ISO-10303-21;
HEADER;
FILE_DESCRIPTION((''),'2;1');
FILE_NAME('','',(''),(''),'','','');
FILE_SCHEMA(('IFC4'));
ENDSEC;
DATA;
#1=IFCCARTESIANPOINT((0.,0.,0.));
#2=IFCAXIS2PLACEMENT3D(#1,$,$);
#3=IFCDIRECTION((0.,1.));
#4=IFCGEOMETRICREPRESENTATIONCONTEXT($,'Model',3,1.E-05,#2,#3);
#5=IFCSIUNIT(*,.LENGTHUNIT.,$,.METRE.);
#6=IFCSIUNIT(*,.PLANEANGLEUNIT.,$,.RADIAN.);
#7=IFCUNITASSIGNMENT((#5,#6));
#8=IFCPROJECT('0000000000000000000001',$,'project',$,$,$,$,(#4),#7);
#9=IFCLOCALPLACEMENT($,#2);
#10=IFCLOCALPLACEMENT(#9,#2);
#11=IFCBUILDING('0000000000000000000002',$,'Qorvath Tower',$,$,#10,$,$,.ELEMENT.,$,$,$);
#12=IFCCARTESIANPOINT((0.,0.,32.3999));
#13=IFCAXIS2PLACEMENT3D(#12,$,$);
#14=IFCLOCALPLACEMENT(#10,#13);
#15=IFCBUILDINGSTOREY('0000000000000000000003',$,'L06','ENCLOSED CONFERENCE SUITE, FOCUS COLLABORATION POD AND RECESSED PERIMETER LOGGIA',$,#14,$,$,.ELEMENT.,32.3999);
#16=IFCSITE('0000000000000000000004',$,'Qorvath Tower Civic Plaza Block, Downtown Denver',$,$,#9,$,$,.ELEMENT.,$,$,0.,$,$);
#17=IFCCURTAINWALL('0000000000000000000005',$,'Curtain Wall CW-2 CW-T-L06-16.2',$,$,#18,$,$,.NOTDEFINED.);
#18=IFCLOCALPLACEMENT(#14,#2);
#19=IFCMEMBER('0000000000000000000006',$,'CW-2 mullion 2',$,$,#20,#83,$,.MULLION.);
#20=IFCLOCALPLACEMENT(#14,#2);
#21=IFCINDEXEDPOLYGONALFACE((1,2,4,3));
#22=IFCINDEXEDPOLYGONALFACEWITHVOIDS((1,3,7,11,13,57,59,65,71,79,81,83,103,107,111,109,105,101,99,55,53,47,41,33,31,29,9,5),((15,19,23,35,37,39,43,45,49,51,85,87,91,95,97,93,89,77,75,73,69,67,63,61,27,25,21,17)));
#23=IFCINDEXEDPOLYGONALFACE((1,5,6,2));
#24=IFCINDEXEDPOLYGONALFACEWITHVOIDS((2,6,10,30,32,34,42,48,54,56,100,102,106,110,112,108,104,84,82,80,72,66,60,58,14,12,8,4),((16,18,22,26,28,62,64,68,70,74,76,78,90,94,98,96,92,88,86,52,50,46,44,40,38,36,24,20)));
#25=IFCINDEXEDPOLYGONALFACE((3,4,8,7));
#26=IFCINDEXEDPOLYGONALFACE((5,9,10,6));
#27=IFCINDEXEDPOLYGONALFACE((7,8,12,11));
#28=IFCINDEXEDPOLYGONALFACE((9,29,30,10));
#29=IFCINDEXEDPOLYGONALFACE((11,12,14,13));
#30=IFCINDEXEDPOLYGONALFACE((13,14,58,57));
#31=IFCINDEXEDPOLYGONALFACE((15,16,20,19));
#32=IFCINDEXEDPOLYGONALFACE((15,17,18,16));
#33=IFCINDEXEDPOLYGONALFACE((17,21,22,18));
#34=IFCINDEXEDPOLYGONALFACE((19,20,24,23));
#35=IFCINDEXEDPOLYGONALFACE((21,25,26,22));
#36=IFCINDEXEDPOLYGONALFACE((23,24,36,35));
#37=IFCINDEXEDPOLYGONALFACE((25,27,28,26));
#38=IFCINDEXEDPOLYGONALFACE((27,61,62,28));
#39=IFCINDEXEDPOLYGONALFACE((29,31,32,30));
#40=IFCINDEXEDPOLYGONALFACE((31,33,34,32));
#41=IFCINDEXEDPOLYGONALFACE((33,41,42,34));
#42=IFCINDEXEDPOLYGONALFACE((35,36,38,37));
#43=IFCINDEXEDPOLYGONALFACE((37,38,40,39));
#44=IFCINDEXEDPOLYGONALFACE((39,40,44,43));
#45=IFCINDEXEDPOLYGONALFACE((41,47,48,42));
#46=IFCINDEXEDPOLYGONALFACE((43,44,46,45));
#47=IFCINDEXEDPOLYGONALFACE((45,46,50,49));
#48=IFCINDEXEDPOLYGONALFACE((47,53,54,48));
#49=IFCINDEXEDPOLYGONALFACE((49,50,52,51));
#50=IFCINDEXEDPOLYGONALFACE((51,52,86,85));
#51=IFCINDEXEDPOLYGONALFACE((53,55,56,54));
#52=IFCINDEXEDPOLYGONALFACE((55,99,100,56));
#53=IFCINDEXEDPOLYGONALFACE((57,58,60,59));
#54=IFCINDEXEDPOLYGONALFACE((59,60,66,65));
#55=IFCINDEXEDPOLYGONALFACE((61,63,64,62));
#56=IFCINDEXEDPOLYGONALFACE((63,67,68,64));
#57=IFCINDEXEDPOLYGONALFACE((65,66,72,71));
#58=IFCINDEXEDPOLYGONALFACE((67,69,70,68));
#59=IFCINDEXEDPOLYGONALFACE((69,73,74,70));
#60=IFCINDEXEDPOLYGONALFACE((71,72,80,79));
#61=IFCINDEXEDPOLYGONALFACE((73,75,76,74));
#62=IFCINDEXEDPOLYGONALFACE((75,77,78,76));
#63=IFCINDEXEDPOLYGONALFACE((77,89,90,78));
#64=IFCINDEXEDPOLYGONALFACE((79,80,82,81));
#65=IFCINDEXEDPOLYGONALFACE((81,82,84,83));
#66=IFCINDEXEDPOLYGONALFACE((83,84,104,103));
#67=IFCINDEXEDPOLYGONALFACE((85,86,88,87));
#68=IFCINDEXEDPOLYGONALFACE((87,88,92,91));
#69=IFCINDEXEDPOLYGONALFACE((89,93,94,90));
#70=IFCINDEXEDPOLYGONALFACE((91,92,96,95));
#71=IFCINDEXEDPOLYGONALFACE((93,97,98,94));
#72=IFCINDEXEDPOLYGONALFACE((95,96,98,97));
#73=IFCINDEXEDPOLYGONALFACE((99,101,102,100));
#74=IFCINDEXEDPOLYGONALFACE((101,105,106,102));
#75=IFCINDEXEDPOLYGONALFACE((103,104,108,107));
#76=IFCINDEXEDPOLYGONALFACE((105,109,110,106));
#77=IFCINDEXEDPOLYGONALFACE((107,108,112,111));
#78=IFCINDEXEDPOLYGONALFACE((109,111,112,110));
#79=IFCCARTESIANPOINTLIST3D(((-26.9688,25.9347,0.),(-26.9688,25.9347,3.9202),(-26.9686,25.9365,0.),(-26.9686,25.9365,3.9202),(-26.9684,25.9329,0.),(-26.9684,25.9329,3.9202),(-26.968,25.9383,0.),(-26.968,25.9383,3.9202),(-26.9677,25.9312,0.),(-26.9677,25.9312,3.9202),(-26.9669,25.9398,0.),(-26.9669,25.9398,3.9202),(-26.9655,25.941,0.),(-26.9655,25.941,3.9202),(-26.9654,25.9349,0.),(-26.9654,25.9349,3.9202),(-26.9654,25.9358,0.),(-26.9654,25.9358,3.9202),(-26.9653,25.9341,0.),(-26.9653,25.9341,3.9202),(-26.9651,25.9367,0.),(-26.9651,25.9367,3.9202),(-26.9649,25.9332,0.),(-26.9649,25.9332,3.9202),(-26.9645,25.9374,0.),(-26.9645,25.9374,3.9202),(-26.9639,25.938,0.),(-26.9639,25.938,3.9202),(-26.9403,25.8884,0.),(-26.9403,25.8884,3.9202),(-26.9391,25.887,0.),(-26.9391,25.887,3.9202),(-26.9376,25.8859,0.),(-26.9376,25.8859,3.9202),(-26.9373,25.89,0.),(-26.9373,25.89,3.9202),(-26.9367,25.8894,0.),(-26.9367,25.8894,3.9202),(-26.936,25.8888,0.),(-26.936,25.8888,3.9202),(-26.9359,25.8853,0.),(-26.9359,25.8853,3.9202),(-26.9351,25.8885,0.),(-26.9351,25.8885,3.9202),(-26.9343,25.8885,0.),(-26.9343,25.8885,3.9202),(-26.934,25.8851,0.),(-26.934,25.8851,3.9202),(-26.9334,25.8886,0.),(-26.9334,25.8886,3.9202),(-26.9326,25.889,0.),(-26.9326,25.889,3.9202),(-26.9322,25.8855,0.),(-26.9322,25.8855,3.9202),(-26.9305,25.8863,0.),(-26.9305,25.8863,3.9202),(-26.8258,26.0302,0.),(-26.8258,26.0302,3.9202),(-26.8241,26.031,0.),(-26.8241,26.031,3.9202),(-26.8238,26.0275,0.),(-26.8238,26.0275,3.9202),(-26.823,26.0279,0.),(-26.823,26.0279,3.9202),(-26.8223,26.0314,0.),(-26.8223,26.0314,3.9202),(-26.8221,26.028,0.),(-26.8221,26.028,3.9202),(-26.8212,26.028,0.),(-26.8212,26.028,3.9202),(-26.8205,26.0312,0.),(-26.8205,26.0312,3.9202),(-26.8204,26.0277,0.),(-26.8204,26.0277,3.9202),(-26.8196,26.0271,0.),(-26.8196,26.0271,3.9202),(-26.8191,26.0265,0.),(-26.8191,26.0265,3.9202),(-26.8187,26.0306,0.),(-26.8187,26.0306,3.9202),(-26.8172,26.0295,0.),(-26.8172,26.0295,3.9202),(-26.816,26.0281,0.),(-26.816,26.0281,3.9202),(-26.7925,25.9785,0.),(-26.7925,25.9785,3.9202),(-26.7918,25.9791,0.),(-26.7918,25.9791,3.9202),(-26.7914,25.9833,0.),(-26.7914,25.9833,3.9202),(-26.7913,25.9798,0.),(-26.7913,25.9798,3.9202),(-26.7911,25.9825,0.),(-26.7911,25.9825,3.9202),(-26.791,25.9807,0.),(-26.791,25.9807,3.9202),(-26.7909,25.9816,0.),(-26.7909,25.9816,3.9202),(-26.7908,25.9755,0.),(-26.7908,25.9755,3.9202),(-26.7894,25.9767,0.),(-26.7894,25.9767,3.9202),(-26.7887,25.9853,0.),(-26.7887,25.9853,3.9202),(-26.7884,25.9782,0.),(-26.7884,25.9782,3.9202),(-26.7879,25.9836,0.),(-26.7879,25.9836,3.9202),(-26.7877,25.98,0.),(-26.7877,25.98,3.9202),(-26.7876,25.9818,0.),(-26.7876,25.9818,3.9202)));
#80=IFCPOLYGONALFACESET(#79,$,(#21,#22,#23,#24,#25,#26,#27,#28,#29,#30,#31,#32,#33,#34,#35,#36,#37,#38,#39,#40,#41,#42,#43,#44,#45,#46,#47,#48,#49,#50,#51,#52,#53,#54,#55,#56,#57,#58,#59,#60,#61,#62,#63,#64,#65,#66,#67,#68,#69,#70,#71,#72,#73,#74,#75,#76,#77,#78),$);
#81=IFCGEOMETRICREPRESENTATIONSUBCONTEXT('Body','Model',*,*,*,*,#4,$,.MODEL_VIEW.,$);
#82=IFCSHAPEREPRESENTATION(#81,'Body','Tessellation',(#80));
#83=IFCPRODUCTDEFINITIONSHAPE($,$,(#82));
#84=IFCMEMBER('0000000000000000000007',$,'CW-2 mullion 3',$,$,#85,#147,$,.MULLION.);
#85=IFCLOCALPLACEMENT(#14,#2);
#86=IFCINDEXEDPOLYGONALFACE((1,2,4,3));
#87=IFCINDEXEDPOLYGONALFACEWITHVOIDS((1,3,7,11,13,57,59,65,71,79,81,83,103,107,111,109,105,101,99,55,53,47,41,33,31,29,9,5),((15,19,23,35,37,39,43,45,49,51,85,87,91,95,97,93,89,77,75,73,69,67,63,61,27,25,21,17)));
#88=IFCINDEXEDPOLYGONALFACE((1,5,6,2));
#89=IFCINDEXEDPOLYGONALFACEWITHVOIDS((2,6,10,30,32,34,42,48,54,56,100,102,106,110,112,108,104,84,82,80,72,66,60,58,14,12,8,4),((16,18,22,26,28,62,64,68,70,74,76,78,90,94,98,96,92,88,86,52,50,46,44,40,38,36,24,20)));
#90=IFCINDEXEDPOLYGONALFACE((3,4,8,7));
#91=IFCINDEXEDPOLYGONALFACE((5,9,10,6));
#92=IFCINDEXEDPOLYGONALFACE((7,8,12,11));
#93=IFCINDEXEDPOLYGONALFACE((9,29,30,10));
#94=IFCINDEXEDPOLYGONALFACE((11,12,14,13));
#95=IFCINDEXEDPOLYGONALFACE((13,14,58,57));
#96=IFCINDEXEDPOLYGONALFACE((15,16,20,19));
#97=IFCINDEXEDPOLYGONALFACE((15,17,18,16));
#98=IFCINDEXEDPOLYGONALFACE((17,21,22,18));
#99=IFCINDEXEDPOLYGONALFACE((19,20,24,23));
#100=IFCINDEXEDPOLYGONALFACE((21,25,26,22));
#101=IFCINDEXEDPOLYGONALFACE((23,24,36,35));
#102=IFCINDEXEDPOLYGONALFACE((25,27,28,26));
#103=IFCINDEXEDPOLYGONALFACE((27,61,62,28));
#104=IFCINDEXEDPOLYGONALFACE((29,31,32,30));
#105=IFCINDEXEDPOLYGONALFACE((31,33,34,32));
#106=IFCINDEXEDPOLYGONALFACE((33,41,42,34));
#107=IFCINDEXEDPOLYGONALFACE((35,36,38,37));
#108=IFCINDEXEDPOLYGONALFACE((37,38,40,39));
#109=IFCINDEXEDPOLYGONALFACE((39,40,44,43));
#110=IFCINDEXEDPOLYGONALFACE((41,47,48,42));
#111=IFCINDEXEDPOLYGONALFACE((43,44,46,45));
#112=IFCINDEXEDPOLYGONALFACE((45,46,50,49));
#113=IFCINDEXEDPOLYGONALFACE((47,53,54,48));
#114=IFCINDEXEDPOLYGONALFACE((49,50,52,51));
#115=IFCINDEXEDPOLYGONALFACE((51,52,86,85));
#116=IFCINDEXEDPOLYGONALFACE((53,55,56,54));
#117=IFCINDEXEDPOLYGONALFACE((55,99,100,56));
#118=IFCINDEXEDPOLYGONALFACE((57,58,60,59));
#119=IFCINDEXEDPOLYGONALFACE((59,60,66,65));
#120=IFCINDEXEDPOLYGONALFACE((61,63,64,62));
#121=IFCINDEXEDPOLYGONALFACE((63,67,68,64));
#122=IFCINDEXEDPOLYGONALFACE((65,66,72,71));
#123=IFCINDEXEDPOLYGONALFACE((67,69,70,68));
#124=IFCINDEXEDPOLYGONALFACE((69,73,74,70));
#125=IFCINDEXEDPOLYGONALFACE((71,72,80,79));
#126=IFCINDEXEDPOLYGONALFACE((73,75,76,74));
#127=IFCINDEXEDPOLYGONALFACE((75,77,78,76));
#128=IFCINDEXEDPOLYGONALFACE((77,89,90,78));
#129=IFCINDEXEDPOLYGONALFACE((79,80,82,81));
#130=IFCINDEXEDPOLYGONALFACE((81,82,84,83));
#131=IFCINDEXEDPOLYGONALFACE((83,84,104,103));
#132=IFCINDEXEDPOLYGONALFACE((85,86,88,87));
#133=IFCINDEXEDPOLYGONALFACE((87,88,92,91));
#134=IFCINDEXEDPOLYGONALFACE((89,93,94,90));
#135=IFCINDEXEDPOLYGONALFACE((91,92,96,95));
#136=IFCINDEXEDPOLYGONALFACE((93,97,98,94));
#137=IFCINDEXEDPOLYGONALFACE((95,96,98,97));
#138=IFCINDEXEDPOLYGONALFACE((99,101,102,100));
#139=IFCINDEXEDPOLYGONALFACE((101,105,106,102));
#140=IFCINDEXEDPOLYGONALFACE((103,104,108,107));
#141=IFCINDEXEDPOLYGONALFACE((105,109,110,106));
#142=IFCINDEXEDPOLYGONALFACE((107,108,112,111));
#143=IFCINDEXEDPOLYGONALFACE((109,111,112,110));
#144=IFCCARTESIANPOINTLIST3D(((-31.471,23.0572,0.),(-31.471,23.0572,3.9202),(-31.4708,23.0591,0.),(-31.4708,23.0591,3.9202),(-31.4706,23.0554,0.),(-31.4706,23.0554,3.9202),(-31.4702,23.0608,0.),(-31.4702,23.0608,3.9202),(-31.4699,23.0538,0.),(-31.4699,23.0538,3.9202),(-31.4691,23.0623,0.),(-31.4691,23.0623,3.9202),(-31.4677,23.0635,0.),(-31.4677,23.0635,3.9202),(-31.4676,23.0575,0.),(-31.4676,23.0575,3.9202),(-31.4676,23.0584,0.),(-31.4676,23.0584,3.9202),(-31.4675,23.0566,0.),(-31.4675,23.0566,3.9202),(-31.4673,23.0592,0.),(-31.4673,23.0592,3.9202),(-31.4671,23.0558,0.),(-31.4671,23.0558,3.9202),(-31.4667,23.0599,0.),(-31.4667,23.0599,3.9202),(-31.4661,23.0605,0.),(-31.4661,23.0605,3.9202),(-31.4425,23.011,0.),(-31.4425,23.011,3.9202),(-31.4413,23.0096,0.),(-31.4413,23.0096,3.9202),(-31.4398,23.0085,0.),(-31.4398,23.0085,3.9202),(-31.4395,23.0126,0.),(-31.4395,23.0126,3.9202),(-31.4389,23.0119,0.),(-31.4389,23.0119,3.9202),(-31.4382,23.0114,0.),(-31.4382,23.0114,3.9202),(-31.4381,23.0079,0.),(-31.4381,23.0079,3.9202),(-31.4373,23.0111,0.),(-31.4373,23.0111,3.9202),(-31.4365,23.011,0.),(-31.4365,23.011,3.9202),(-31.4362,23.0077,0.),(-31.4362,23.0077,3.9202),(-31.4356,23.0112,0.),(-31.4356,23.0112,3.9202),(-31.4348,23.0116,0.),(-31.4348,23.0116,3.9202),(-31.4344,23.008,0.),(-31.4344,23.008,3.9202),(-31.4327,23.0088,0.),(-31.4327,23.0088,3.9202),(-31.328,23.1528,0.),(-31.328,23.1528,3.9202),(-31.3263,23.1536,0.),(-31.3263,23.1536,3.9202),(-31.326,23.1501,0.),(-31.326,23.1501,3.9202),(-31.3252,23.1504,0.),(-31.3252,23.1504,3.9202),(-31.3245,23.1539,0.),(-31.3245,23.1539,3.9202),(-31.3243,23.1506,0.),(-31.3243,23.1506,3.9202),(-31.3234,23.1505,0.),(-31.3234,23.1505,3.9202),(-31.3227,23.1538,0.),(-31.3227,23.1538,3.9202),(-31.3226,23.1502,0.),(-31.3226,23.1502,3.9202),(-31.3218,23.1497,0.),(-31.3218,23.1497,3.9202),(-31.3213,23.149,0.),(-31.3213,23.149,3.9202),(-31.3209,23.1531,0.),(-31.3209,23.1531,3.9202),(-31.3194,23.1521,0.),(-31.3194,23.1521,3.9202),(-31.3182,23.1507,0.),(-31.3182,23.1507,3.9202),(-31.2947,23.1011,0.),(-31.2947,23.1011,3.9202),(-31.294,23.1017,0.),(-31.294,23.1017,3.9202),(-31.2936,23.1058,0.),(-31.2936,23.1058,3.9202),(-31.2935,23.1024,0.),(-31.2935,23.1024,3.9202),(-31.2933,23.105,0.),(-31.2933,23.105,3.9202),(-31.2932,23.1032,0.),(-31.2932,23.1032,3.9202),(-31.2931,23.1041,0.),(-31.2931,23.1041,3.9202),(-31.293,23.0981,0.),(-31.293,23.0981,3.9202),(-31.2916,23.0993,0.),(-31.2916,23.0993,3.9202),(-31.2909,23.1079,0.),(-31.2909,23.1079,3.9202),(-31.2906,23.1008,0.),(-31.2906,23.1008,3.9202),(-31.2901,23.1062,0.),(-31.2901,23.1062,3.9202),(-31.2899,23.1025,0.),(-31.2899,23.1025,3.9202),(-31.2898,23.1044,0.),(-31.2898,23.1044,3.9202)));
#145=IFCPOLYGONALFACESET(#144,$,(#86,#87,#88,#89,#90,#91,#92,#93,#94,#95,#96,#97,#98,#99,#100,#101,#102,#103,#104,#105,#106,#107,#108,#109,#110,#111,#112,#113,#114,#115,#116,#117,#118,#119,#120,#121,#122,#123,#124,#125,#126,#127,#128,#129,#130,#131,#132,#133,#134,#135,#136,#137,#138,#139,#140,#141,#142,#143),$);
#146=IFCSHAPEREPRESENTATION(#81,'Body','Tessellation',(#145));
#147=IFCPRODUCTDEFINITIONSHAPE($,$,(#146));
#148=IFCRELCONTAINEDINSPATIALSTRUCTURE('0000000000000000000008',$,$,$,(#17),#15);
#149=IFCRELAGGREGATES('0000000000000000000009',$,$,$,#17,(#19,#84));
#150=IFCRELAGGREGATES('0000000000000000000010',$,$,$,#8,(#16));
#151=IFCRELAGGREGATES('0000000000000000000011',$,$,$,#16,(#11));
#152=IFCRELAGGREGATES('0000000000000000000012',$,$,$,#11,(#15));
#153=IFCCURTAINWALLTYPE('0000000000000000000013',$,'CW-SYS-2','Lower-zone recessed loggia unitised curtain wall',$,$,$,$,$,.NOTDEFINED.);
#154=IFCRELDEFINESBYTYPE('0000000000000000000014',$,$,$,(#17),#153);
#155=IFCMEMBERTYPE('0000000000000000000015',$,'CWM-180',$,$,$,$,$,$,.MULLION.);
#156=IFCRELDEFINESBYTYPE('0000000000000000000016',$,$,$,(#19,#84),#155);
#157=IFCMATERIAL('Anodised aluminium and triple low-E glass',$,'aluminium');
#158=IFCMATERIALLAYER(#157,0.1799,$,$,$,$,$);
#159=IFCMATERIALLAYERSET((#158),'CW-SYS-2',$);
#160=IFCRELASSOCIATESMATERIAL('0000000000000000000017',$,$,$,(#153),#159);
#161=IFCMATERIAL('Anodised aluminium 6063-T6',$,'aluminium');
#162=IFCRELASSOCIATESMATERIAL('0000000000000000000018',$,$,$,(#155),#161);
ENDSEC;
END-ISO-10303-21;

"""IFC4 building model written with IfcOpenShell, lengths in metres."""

from ifc_helpers import new_model, si_unit, direction, frame, origin, origin_2d, place, context, subcontext, project, spatial, hollow_rectangle, extrude, material, layer, layer_set, material_profile, profile_set, type_object, element, aggregate, save


model = new_model("IFC4")

# Units and contexts
model_context = context("Model", 3, precision=1e-05, world=origin(), true_north=direction((0.0, 1.0)))
body_context = subcontext(model_context, "Body", "Model", "MODEL_VIEW")
ifc_project = project(units=[si_unit("LENGTHUNIT", "METRE"), si_unit("PLANEANGLEUNIT", "RADIAN")], contexts=[model_context])

# Site, building, storey
site_placement = place(None, origin())
site = spatial("IfcSite", under=ifc_project, at=site_placement, Name="Qorvath Tower Civic Plaza Block, Downtown Denver", CompositionType="ELEMENT", RefElevation=0.0)
building_placement = place(site_placement, origin())
building = spatial("IfcBuilding", under=site, at=building_placement, Name="Qorvath Tower", CompositionType="ELEMENT")
storey_placement = place(building_placement, frame((0.0, 0.0, 32.3999)))
storey = spatial("IfcBuildingStorey", under=building, at=storey_placement, Name="L06", Description="ENCLOSED CONFERENCE SUITE, FOCUS COLLABORATION POD AND RECESSED PERIMETER LOGGIA", CompositionType="ELEMENT", Elevation=32.3999)

# Shared definitions
ifc_material_1 = material(Name="Anodised aluminium and triple low-E glass", Category="aluminium")
ifc_layer_1 = layer(ifc_material_1, 0.1799)
ifc_layer_set_1 = layer_set([ifc_layer_1], Name="CW-SYS-2")
curtain_wall_type = type_object("IfcCurtainWallType", Name="CW-SYS-2", Description="Lower-zone recessed loggia unitised curtain wall", PredefinedType="NOTDEFINED", material=ifc_layer_set_1)
ifc_material_2 = material(Name="Anodised aluminium 6063-T6", Category="aluminium")
ifc_material_profile_1 = material_profile(ifc_material_2, hollow_rectangle(XDim=0.0649, YDim=0.1799, WallThickness=0.0034, InnerFilletRadius=0.0034, OuterFilletRadius=0.0071, at=origin_2d()), Name="CWM 180x65")
ifc_profile_set_1 = profile_set([ifc_material_profile_1], Name="Anodised aluminium 6063-T6")
member_type_1 = type_object("IfcMemberType", Name="CWM-180", PredefinedType="MULLION", material=ifc_profile_set_1)

# Curtain wall, members
curtain_wall_1_placement = place(storey_placement, origin())
curtain_wall_1 = element("IfcCurtainWall", 1, at=curtain_wall_1_placement, inside=storey, type_object=curtain_wall_type, Name="Curtain Wall CW-2 CW-T-L06-16.2", PredefinedType="NOTDEFINED")
member_1_placement = place(storey_placement, frame((-26.8782, 25.9583, 0.0), z_axis=(0.0, 0.0, 1.0), x_axis=(0.538535, -0.842603, 0.0)))
member_1 = element("IfcMember", 2, at=member_1_placement, type_object=member_type_1, Name="CW-2 mullion 2", PredefinedType="MULLION", context=body_context, shape_type="SweptSolid", body=[
    extrude(hollow_rectangle(XDim=0.0649, YDim=0.1799, WallThickness=0.0034, InnerFilletRadius=0.0034, OuterFilletRadius=0.0071, at=origin_2d()), origin(), (0.0, 0.0, 1.0), 3.9202),
])
member_2_placement = place(storey_placement, frame((-31.3804, 23.0808, 0.0), z_axis=(0.0, 0.0, 1.0), x_axis=(0.538535, -0.842603, 0.0)))
member_2 = element("IfcMember", 3, at=member_2_placement, type_object=member_type_1, Name="CW-2 mullion 3", PredefinedType="MULLION", context=body_context, shape_type="SweptSolid", body=[
    extrude(hollow_rectangle(XDim=0.0649, YDim=0.1799, WallThickness=0.0034, InnerFilletRadius=0.0034, OuterFilletRadius=0.0071, at=origin_2d()), origin(), (0.0, 0.0, 1.0), 3.9202),
])
aggregate(curtain_wall_1, [member_1, member_2])

save(model, "model.ifc")
